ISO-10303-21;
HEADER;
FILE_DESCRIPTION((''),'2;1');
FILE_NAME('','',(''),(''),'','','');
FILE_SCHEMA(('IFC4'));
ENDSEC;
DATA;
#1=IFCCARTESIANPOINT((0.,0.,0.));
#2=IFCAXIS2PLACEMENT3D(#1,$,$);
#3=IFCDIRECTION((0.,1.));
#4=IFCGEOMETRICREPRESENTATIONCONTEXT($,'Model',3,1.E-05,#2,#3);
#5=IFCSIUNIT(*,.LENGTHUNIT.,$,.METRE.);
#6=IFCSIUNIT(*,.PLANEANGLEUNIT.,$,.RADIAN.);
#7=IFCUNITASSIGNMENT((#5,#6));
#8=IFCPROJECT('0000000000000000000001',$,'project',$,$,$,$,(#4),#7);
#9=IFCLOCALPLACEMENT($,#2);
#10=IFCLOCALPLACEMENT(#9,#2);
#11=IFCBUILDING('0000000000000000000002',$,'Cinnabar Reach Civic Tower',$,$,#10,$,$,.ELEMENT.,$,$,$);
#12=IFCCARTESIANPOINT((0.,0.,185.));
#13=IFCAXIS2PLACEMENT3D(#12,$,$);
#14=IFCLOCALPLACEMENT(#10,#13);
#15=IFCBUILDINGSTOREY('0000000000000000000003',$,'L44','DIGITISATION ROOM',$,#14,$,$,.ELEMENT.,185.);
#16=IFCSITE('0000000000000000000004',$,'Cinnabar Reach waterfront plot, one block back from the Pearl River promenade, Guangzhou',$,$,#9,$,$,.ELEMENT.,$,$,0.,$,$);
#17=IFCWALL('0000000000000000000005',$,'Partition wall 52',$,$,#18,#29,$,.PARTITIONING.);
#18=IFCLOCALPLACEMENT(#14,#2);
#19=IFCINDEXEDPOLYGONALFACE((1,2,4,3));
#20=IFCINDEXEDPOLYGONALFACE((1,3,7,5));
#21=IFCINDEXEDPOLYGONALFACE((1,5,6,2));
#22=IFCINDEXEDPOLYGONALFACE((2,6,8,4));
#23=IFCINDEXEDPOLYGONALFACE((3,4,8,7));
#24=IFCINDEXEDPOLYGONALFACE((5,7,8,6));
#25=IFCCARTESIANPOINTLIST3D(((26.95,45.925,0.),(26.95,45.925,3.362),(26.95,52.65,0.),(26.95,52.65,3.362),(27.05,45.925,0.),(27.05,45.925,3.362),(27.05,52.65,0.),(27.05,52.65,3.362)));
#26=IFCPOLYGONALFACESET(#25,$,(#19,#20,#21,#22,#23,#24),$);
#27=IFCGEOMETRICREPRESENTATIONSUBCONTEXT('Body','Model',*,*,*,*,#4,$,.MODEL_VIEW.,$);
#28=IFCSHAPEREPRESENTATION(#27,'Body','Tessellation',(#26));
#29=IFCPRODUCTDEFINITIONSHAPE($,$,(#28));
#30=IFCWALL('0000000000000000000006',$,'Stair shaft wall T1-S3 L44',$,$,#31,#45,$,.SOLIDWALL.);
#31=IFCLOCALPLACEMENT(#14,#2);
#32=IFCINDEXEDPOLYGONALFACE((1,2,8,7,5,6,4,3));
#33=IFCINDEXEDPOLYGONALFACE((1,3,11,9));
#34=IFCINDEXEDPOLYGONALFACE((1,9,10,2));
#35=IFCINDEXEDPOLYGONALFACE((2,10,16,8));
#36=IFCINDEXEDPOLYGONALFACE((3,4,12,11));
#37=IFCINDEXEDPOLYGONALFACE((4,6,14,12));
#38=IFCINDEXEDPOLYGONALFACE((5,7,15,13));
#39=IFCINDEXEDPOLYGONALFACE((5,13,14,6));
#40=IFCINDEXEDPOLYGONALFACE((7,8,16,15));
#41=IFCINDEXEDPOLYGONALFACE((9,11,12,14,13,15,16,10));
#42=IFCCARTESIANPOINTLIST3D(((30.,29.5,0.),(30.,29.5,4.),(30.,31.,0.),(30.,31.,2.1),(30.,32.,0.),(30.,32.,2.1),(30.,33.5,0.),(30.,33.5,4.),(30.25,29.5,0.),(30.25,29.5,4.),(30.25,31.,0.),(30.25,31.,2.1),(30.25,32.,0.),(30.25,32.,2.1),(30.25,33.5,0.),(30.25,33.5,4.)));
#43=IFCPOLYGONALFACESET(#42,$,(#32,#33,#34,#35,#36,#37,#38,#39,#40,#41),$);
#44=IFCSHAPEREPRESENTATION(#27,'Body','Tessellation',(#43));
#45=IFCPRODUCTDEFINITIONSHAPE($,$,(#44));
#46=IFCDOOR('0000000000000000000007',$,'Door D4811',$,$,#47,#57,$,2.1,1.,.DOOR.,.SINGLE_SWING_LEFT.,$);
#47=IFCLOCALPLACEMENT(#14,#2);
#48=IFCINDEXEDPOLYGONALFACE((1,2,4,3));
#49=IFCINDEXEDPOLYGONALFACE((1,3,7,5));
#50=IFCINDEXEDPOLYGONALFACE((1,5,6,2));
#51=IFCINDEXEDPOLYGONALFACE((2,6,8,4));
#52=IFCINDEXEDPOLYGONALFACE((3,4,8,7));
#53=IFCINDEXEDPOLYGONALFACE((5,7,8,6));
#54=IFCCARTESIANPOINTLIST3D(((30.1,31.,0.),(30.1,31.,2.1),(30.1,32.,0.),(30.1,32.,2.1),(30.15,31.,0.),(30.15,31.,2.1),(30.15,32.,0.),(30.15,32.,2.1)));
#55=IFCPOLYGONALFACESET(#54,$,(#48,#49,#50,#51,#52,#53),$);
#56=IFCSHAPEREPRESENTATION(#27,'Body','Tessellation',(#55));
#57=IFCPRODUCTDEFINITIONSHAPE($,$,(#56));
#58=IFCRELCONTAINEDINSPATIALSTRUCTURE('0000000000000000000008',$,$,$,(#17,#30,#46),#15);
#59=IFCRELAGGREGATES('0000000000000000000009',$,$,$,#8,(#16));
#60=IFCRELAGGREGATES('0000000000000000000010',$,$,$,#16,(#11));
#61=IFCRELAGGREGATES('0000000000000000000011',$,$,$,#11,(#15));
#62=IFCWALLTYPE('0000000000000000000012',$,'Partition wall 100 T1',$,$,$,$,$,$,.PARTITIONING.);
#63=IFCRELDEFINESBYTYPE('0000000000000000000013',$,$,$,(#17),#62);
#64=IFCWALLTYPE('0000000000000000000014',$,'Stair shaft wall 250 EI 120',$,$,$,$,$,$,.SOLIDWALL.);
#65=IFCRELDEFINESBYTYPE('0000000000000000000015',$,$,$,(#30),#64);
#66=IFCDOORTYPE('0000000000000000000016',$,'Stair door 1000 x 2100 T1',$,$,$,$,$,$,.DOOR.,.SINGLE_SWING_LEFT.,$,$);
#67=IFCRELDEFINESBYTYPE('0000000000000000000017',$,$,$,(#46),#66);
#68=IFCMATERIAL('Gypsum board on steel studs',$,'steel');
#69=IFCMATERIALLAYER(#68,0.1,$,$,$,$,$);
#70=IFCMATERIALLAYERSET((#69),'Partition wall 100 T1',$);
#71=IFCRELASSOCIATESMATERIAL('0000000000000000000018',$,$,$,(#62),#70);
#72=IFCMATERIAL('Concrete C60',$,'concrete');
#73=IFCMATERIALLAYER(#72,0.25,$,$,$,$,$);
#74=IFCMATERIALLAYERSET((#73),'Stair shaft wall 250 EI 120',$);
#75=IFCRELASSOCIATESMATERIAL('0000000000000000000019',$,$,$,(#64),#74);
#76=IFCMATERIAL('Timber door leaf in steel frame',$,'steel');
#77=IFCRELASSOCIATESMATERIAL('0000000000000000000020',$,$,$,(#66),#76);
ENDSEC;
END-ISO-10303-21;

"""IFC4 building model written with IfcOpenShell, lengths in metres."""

from ifc_helpers import new_model, si_unit, direction, frame, frame_2d, origin, place, context, subcontext, project, spatial, rectangle, extrude, material, layer, layer_set, type_object, element, fill, save


model = new_model("IFC4")

# Units and contexts
model_context = context("Model", 3, precision=1e-05, world=origin(), true_north=direction((0.0, 1.0)))
body_context = subcontext(model_context, "Body", "Model", "MODEL_VIEW")
ifc_project = project(units=[si_unit("LENGTHUNIT", "METRE"), si_unit("PLANEANGLEUNIT", "RADIAN")], contexts=[model_context])

# Site, building, storey
site_placement = place(None, origin())
site = spatial("IfcSite", under=ifc_project, at=site_placement, Name="Cinnabar Reach waterfront plot, one block back from the Pearl River promenade, Guangzhou", CompositionType="ELEMENT", RefElevation=0.0)
building_placement = place(site_placement, origin())
building = spatial("IfcBuilding", under=site, at=building_placement, Name="Cinnabar Reach Civic Tower", CompositionType="ELEMENT")
storey_placement = place(building_placement, frame((0.0, 0.0, 185.0)))
storey = spatial("IfcBuildingStorey", under=building, at=storey_placement, Name="L44", Description="DIGITISATION ROOM", CompositionType="ELEMENT", Elevation=185.0)

# Shared definitions
ifc_material_1 = material(Name="Timber door leaf in steel frame", Category="steel")

# Shared definitions
ifc_material_2 = material(Name="Gypsum board on steel studs", Category="steel")
ifc_layer_1 = layer(ifc_material_2, 0.1)
ifc_layer_set_1 = layer_set([ifc_layer_1], Name="Partition wall 100 T1")
wall_type_1 = type_object("IfcWallType", Name="Partition wall 100 T1", PredefinedType="PARTITIONING", material=ifc_layer_set_1)

# Wall
wall_1_placement = place(storey_placement, frame((27.0, 45.925, 0.0), z_axis=(0.0, 0.0, 1.0), x_axis=(0.0, 1.0, 0.0)))
element("IfcWall", 1, at=wall_1_placement, inside=storey, type_object=wall_type_1, Name="Partition wall 52", PredefinedType="PARTITIONING", context=body_context, shape_type="SweptSolid", body=[
    extrude(rectangle(XDim=6.725, YDim=0.1, at=frame_2d((3.3625, 0.0))), origin(), (0.0, 0.0, 1.0), 3.362),
])

# Wall, opening, door
ifc_material_3 = material(Name="Concrete C60", Category="concrete")
ifc_layer_2 = layer(ifc_material_3, 0.25)
ifc_layer_set_2 = layer_set([ifc_layer_2], Name="Stair shaft wall 250 EI 120")
wall_type_2 = type_object("IfcWallType", Name="Stair shaft wall 250 EI 120", PredefinedType="SOLIDWALL", material=ifc_layer_set_2)
wall_2_placement = place(storey_placement, frame((30.125, 33.5, 0.0), z_axis=(0.0, 0.0, 1.0), x_axis=(0.0, -1.0, 0.0)))
wall_2 = element("IfcWall", 2, at=wall_2_placement, inside=storey, type_object=wall_type_2, Name="Stair shaft wall T1-S3 L44", PredefinedType="SOLIDWALL", context=body_context, shape_type="SweptSolid", body=[
    extrude(rectangle(XDim=4.0, YDim=0.25, at=frame_2d((2.0, 0.0))), origin(), (0.0, 0.0, 1.0), 4.0),
])
opening_1_placement = place(wall_2_placement, frame((1.5, 0.0, 0.0)))
opening_1 = element("IfcOpeningElement", 3, at=opening_1_placement, cuts=wall_2, PredefinedType="OPENING", context=body_context, shape_type="SweptSolid", body=[
    extrude(rectangle(XDim=1.0, YDim=2.1, at=frame_2d((0.5, 1.05))), frame((0.0, 0.135, 0.0), z_axis=(0.0, -1.0, 0.0), x_axis=(1.0, 0.0, 0.0)), (0.0, 0.0, 1.0), 0.27),
])
door_type_1 = type_object("IfcDoorType", Name="Stair door 1000 x 2100 T1", OperationType="SINGLE_SWING_LEFT", PredefinedType="DOOR", material=ifc_material_1)
door_1_placement = place(opening_1_placement, origin())
door_1 = element("IfcDoor", 4, at=door_1_placement, inside=storey, type_object=door_type_1, Name="Door D4811", OperationType="SINGLE_SWING_LEFT", OverallHeight=2.1, OverallWidth=1.0, PredefinedType="DOOR", context=body_context, shape_type="SweptSolid", body=[
    extrude(rectangle(XDim=1.0, YDim=2.1, at=frame_2d((0.5, 1.05))), frame((0.0, 0.025, 0.0), z_axis=(0.0, -1.0, 0.0), x_axis=(1.0, 0.0, 0.0)), (0.0, 0.0, 1.0), 0.05),
])
fill(opening_1, door_1)

save(model, "model.ifc")
